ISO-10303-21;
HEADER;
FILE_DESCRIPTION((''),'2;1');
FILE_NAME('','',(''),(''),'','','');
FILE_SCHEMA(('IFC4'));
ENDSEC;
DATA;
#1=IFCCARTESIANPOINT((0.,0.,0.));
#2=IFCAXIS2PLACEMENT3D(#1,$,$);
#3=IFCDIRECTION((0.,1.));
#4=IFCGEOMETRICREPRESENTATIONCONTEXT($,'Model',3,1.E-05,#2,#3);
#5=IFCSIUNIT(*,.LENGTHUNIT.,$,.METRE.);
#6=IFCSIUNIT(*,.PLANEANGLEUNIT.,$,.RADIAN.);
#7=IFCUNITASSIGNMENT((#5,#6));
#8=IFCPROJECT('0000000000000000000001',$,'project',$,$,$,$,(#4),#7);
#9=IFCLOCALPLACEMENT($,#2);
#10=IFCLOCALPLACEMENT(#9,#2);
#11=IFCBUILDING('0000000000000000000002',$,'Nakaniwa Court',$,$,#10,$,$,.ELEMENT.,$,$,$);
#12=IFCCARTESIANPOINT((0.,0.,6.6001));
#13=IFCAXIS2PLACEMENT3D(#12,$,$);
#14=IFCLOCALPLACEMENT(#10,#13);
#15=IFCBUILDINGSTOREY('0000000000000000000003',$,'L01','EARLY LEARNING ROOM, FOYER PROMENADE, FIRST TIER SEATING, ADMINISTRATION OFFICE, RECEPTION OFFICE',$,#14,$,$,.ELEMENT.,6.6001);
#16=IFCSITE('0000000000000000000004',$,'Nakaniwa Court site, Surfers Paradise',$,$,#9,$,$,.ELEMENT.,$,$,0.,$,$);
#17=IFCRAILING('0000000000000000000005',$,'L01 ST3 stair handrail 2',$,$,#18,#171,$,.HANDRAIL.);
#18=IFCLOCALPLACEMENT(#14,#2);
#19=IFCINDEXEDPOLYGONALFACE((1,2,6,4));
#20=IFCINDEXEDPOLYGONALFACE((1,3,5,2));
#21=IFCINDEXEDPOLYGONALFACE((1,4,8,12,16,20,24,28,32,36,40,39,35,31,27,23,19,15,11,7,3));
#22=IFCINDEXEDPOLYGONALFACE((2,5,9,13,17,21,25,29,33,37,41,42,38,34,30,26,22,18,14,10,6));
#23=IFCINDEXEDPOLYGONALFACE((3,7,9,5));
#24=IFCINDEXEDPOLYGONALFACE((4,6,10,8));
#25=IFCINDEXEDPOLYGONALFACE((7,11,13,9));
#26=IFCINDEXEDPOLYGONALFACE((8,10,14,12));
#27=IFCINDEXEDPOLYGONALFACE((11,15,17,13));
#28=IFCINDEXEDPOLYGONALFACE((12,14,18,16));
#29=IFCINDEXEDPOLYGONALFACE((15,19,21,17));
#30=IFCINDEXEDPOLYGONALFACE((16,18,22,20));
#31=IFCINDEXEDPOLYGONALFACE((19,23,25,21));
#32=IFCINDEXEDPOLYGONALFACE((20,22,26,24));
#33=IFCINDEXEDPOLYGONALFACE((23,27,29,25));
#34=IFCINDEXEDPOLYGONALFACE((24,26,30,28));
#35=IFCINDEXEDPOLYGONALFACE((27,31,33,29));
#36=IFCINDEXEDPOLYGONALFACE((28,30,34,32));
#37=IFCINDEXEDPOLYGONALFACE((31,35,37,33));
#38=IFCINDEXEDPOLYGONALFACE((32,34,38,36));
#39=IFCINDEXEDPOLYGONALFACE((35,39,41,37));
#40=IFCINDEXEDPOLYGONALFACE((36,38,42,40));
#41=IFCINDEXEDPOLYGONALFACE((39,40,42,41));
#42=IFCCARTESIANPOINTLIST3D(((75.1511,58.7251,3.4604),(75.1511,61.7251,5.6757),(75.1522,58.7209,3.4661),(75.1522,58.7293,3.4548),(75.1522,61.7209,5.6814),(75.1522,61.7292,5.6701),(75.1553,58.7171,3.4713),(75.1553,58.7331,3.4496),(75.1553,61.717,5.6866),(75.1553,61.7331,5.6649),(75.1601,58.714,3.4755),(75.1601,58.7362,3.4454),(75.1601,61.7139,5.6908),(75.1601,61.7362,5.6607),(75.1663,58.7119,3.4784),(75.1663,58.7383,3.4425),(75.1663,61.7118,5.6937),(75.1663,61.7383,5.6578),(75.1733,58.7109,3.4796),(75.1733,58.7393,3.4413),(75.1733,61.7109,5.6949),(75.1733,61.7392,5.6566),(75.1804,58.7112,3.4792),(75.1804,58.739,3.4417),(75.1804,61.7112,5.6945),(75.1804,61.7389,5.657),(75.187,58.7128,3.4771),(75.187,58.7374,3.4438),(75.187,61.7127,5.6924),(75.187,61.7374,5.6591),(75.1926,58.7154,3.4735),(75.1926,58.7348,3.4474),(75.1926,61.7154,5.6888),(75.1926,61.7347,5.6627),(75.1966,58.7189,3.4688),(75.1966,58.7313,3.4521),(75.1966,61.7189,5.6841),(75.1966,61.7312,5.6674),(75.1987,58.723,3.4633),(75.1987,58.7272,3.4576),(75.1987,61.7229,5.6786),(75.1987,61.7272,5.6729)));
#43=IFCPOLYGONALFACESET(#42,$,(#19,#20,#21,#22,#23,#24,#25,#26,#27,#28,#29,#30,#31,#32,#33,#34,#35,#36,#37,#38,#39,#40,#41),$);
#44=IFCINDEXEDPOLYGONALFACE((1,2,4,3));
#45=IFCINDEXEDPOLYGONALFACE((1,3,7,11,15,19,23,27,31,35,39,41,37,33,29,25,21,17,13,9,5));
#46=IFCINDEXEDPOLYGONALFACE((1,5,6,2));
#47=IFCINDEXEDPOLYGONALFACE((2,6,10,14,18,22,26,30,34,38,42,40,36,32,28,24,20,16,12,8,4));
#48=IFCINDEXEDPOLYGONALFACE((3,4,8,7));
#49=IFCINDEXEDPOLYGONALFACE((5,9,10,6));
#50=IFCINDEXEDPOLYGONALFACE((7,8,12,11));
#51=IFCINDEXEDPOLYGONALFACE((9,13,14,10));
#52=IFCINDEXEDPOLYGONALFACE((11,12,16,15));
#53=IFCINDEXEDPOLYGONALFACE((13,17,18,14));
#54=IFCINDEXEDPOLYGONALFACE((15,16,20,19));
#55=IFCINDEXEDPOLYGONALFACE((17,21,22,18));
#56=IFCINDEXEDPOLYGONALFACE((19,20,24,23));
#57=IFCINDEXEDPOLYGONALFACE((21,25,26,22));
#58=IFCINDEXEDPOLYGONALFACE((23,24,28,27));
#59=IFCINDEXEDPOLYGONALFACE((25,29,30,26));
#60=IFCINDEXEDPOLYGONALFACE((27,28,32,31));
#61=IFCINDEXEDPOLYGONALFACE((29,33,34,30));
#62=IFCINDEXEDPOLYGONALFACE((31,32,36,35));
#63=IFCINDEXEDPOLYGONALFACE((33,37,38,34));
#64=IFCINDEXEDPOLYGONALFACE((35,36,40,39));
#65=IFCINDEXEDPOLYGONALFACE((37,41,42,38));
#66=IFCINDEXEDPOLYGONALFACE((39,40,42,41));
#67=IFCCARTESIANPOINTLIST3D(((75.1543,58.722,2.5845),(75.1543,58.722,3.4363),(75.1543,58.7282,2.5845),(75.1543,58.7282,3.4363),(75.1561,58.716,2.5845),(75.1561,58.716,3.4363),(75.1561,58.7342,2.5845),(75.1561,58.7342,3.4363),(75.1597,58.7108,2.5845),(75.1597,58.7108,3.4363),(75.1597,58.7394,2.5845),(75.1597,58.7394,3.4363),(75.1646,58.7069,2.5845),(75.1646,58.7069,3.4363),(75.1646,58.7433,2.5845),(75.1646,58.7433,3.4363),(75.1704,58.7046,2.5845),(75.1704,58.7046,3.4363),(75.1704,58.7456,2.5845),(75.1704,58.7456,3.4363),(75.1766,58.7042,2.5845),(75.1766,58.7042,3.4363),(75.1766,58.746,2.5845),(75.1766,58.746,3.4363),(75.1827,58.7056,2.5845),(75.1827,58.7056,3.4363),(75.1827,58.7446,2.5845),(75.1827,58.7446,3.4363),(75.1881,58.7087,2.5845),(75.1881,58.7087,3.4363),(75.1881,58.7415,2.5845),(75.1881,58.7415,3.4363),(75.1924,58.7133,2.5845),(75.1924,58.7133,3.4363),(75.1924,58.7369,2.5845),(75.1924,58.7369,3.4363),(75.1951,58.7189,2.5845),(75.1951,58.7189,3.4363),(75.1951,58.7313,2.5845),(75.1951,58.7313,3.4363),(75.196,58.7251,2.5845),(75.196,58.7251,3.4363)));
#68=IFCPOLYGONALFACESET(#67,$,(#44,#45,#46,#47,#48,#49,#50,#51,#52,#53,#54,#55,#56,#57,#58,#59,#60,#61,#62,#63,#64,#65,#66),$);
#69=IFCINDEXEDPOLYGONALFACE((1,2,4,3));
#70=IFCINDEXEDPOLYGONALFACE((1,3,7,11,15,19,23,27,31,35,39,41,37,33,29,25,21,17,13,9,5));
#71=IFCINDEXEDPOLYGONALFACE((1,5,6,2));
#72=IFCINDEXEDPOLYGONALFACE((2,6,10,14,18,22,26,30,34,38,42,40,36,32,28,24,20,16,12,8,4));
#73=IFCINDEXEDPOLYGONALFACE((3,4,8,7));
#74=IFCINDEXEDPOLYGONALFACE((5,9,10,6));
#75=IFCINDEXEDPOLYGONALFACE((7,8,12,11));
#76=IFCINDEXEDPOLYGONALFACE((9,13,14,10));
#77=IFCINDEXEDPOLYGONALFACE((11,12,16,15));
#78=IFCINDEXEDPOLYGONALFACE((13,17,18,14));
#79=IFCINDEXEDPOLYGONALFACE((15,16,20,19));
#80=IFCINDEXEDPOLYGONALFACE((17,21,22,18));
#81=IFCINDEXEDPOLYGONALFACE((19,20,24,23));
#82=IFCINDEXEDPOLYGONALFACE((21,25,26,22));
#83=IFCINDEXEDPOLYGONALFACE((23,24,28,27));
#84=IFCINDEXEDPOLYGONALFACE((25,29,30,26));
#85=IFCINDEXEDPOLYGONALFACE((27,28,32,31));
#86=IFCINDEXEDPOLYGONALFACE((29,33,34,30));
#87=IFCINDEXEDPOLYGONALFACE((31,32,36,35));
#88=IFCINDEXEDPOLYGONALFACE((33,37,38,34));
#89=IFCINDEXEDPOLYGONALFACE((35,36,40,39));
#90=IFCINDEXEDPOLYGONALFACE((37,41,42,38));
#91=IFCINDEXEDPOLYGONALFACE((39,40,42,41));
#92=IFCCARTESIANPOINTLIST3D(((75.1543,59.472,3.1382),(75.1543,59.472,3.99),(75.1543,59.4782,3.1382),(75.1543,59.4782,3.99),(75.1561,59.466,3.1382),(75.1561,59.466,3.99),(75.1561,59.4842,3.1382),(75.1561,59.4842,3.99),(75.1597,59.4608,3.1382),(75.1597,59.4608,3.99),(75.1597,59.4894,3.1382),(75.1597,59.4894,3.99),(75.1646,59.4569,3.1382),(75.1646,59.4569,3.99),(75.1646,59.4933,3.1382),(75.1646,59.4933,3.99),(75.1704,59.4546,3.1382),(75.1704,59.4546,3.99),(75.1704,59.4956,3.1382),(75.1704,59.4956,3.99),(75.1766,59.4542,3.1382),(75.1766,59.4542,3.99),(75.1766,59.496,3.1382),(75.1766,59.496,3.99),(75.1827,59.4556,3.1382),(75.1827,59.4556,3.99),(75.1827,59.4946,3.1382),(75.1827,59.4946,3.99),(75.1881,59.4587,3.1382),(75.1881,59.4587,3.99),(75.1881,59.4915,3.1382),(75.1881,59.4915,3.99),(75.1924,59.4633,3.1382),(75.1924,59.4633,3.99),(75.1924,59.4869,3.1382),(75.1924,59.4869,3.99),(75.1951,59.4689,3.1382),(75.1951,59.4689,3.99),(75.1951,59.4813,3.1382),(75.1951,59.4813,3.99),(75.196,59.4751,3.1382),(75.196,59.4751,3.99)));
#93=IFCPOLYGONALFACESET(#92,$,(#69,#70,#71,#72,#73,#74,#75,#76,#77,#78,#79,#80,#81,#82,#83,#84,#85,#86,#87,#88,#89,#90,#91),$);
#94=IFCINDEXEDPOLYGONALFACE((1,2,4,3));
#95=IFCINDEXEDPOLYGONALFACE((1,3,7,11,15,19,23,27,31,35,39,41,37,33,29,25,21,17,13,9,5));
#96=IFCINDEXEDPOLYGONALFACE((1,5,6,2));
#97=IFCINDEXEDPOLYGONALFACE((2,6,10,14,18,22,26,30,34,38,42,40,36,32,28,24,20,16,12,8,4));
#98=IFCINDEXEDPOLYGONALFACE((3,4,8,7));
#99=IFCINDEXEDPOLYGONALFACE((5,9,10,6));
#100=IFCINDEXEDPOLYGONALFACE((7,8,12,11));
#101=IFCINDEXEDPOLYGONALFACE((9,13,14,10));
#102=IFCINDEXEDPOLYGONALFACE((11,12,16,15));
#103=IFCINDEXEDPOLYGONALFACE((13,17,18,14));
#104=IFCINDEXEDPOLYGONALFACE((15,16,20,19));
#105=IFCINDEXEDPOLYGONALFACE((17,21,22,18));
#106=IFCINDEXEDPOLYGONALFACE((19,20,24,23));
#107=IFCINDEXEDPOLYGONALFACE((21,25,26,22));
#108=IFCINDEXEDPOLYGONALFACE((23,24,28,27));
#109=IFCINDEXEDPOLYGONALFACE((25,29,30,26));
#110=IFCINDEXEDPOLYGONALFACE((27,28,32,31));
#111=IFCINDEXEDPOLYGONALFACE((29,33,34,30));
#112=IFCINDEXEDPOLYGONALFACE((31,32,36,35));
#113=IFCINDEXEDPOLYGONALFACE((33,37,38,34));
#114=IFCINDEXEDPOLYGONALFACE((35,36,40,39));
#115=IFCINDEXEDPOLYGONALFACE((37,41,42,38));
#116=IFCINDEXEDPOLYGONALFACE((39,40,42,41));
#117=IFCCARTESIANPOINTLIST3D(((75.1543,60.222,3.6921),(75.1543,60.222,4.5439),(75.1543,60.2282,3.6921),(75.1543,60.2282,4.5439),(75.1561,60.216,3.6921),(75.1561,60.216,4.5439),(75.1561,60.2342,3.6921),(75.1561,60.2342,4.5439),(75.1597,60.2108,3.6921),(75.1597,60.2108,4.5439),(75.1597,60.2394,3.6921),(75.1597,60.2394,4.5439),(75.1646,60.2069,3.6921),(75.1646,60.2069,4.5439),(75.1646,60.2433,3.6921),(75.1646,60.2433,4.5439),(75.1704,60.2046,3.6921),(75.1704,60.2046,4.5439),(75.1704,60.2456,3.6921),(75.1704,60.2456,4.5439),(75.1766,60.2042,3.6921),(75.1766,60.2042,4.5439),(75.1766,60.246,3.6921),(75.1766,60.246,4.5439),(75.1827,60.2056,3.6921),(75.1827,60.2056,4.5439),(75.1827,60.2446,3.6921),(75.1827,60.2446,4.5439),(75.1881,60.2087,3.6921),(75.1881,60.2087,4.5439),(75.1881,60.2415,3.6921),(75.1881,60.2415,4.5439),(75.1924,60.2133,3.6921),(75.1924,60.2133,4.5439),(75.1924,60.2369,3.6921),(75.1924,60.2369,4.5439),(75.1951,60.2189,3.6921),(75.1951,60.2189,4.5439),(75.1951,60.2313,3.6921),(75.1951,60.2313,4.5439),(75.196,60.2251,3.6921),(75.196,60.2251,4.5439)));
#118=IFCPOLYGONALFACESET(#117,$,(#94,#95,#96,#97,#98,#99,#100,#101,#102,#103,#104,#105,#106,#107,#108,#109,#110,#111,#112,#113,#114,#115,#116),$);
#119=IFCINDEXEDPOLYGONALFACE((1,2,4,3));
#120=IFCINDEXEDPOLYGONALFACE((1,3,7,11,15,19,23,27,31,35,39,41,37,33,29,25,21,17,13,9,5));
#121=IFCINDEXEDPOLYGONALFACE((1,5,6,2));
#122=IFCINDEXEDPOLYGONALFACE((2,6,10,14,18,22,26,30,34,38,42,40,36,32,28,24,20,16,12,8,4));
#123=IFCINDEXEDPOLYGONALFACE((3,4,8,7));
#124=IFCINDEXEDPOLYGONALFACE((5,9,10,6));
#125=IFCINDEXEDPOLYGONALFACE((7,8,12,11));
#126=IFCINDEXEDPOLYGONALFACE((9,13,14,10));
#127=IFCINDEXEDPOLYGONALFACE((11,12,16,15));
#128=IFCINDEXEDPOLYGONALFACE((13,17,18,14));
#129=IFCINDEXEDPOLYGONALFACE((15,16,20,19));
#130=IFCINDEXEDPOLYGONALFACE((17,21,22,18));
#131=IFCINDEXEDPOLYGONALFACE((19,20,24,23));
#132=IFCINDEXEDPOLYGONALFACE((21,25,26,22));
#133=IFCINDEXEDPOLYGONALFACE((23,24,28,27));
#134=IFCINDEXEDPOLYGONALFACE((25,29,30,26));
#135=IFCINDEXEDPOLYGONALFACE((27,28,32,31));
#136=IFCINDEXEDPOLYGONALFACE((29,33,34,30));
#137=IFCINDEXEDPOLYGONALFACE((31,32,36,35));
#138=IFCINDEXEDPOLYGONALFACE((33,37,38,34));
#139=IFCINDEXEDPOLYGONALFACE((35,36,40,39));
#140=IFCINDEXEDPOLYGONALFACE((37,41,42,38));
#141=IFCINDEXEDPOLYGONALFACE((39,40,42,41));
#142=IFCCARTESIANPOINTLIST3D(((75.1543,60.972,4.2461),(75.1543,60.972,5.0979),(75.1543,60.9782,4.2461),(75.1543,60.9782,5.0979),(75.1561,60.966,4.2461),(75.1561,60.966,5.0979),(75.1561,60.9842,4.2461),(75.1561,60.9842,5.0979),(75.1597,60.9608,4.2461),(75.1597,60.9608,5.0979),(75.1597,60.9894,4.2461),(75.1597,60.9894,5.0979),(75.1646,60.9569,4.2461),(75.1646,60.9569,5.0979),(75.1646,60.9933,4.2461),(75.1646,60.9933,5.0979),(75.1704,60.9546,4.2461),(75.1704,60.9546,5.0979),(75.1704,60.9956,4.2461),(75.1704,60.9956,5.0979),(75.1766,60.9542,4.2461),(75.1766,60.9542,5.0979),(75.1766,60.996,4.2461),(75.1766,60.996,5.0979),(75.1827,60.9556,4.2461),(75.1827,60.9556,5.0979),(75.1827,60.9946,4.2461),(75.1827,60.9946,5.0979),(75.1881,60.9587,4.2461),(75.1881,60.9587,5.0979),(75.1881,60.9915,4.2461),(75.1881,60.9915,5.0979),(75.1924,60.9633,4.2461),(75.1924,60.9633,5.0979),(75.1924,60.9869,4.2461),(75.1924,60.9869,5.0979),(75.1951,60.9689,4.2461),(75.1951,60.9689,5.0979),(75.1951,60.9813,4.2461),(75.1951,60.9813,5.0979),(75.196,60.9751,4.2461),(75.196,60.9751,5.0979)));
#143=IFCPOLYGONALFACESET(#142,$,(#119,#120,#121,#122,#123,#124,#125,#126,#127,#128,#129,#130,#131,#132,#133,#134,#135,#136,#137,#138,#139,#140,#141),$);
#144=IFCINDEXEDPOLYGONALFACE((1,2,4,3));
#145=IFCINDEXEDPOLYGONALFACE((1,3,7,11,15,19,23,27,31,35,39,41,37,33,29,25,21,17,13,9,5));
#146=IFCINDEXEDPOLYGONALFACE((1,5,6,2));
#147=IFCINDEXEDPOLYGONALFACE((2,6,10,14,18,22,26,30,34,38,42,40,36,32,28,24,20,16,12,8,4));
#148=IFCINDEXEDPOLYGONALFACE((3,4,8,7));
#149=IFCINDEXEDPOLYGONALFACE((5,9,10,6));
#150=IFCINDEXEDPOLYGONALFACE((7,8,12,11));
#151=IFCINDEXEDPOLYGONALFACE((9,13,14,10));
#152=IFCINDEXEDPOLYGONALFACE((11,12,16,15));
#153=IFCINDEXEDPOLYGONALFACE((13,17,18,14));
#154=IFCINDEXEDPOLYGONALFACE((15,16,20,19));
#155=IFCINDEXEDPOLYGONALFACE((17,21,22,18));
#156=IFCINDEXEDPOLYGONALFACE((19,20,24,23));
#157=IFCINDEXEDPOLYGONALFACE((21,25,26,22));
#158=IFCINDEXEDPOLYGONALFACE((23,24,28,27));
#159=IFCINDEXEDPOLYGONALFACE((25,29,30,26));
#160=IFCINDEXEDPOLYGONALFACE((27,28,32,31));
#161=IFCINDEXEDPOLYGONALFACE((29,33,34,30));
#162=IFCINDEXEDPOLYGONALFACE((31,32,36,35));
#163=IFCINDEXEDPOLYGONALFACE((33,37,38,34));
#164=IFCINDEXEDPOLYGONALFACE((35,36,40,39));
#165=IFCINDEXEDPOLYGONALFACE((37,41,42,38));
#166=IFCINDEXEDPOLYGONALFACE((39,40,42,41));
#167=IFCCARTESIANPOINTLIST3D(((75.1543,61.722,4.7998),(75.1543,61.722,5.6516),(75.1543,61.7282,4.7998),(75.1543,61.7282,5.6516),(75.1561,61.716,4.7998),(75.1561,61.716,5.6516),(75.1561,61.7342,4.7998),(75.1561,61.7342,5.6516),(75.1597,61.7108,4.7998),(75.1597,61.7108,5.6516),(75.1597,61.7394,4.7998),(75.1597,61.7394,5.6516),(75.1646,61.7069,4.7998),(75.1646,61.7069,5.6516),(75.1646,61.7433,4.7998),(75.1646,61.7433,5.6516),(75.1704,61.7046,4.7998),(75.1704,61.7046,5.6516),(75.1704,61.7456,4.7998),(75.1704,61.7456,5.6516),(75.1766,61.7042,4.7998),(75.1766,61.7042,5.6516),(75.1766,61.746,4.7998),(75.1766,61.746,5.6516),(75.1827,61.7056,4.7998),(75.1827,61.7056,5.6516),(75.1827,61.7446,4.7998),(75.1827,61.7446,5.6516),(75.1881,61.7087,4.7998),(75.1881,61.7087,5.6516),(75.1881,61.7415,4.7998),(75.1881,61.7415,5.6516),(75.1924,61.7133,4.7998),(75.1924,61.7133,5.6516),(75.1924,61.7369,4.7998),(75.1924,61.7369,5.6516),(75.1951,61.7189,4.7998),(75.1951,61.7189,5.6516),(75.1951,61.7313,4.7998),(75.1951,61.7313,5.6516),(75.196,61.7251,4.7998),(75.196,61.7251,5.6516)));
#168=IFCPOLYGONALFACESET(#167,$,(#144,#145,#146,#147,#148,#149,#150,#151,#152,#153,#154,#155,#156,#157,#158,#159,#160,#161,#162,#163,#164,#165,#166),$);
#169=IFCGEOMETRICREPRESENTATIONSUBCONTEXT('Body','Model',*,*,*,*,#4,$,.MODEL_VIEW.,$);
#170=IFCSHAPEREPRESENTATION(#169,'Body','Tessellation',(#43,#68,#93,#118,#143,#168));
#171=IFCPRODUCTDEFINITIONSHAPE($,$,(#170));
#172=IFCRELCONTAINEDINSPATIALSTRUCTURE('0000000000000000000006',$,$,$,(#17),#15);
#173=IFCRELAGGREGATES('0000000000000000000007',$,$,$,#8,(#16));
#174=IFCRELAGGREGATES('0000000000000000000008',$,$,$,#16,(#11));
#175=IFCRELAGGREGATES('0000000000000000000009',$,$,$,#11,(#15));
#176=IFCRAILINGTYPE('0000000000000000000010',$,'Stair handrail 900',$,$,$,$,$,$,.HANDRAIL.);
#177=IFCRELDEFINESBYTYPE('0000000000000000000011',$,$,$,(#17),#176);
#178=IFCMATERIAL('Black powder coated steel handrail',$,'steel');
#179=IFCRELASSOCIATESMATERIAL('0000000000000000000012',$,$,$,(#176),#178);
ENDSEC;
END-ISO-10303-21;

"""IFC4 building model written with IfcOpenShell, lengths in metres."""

from ifc_helpers import new_model, si_unit, direction, frame, origin, origin_2d, place, context, subcontext, project, spatial, circle, extrude, material, type_object, element, save


model = new_model("IFC4")

# Units and contexts
model_context = context("Model", 3, precision=1e-05, world=origin(), true_north=direction((0.0, 1.0)))
body_context = subcontext(model_context, "Body", "Model", "MODEL_VIEW")
ifc_project = project(units=[si_unit("LENGTHUNIT", "METRE"), si_unit("PLANEANGLEUNIT", "RADIAN")], contexts=[model_context])

# Site, building, storey
site_placement = place(None, origin())
site = spatial("IfcSite", under=ifc_project, at=site_placement, Name="Nakaniwa Court site, Surfers Paradise", CompositionType="ELEMENT", RefElevation=0.0)
building_placement = place(site_placement, origin())
building = spatial("IfcBuilding", under=site, at=building_placement, Name="Nakaniwa Court", CompositionType="ELEMENT")
storey_placement = place(building_placement, frame((0.0, 0.0, 6.6001)))
storey = spatial("IfcBuildingStorey", under=building, at=storey_placement, Name="L01", Description="EARLY LEARNING ROOM, FOYER PROMENADE, FIRST TIER SEATING, ADMINISTRATION OFFICE, RECEPTION OFFICE", CompositionType="ELEMENT", Elevation=6.6001)

# Railing
ifc_material_1 = material(Name="Black powder coated steel handrail", Category="steel")
railing_type_1 = type_object("IfcRailingType", Name="Stair handrail 900", PredefinedType="HANDRAIL", material=ifc_material_1)
railing_1_placement = place(storey_placement, frame((75.175, 58.7251, 2.5845)))
element("IfcRailing", 1, at=railing_1_placement, inside=storey, type_object=railing_type_1, Name="L01 ST3 stair handrail 2", PredefinedType="HANDRAIL", context=body_context, shape_type="SweptSolid", body=[
    extrude(circle(Radius=0.0239, at=origin_2d()), frame((0.0, 0.0, 0.876), z_axis=(0.0, 0.80444, 0.594034), x_axis=(-1.0, 0.0, 0.0)), (0.0, 0.0, 1.0), 3.7292),
    extrude(circle(Radius=0.021, at=origin_2d()), origin(), (0.0, 0.0, 1.0), 0.8518),
    extrude(circle(Radius=0.021, at=origin_2d()), frame((0.0, 0.75, 0.5537)), (0.0, 0.0, 1.0), 0.8518),
    extrude(circle(Radius=0.021, at=origin_2d()), frame((0.0, 1.5, 1.1077)), (0.0, 0.0, 1.0), 0.8518),
    extrude(circle(Radius=0.021, at=origin_2d()), frame((0.0, 2.25, 1.6616)), (0.0, 0.0, 1.0), 0.8518),
    extrude(circle(Radius=0.021, at=origin_2d()), frame((0.0, 3.0, 2.2153)), (0.0, 0.0, 1.0), 0.8518),
])

save(model, "model.ifc")
